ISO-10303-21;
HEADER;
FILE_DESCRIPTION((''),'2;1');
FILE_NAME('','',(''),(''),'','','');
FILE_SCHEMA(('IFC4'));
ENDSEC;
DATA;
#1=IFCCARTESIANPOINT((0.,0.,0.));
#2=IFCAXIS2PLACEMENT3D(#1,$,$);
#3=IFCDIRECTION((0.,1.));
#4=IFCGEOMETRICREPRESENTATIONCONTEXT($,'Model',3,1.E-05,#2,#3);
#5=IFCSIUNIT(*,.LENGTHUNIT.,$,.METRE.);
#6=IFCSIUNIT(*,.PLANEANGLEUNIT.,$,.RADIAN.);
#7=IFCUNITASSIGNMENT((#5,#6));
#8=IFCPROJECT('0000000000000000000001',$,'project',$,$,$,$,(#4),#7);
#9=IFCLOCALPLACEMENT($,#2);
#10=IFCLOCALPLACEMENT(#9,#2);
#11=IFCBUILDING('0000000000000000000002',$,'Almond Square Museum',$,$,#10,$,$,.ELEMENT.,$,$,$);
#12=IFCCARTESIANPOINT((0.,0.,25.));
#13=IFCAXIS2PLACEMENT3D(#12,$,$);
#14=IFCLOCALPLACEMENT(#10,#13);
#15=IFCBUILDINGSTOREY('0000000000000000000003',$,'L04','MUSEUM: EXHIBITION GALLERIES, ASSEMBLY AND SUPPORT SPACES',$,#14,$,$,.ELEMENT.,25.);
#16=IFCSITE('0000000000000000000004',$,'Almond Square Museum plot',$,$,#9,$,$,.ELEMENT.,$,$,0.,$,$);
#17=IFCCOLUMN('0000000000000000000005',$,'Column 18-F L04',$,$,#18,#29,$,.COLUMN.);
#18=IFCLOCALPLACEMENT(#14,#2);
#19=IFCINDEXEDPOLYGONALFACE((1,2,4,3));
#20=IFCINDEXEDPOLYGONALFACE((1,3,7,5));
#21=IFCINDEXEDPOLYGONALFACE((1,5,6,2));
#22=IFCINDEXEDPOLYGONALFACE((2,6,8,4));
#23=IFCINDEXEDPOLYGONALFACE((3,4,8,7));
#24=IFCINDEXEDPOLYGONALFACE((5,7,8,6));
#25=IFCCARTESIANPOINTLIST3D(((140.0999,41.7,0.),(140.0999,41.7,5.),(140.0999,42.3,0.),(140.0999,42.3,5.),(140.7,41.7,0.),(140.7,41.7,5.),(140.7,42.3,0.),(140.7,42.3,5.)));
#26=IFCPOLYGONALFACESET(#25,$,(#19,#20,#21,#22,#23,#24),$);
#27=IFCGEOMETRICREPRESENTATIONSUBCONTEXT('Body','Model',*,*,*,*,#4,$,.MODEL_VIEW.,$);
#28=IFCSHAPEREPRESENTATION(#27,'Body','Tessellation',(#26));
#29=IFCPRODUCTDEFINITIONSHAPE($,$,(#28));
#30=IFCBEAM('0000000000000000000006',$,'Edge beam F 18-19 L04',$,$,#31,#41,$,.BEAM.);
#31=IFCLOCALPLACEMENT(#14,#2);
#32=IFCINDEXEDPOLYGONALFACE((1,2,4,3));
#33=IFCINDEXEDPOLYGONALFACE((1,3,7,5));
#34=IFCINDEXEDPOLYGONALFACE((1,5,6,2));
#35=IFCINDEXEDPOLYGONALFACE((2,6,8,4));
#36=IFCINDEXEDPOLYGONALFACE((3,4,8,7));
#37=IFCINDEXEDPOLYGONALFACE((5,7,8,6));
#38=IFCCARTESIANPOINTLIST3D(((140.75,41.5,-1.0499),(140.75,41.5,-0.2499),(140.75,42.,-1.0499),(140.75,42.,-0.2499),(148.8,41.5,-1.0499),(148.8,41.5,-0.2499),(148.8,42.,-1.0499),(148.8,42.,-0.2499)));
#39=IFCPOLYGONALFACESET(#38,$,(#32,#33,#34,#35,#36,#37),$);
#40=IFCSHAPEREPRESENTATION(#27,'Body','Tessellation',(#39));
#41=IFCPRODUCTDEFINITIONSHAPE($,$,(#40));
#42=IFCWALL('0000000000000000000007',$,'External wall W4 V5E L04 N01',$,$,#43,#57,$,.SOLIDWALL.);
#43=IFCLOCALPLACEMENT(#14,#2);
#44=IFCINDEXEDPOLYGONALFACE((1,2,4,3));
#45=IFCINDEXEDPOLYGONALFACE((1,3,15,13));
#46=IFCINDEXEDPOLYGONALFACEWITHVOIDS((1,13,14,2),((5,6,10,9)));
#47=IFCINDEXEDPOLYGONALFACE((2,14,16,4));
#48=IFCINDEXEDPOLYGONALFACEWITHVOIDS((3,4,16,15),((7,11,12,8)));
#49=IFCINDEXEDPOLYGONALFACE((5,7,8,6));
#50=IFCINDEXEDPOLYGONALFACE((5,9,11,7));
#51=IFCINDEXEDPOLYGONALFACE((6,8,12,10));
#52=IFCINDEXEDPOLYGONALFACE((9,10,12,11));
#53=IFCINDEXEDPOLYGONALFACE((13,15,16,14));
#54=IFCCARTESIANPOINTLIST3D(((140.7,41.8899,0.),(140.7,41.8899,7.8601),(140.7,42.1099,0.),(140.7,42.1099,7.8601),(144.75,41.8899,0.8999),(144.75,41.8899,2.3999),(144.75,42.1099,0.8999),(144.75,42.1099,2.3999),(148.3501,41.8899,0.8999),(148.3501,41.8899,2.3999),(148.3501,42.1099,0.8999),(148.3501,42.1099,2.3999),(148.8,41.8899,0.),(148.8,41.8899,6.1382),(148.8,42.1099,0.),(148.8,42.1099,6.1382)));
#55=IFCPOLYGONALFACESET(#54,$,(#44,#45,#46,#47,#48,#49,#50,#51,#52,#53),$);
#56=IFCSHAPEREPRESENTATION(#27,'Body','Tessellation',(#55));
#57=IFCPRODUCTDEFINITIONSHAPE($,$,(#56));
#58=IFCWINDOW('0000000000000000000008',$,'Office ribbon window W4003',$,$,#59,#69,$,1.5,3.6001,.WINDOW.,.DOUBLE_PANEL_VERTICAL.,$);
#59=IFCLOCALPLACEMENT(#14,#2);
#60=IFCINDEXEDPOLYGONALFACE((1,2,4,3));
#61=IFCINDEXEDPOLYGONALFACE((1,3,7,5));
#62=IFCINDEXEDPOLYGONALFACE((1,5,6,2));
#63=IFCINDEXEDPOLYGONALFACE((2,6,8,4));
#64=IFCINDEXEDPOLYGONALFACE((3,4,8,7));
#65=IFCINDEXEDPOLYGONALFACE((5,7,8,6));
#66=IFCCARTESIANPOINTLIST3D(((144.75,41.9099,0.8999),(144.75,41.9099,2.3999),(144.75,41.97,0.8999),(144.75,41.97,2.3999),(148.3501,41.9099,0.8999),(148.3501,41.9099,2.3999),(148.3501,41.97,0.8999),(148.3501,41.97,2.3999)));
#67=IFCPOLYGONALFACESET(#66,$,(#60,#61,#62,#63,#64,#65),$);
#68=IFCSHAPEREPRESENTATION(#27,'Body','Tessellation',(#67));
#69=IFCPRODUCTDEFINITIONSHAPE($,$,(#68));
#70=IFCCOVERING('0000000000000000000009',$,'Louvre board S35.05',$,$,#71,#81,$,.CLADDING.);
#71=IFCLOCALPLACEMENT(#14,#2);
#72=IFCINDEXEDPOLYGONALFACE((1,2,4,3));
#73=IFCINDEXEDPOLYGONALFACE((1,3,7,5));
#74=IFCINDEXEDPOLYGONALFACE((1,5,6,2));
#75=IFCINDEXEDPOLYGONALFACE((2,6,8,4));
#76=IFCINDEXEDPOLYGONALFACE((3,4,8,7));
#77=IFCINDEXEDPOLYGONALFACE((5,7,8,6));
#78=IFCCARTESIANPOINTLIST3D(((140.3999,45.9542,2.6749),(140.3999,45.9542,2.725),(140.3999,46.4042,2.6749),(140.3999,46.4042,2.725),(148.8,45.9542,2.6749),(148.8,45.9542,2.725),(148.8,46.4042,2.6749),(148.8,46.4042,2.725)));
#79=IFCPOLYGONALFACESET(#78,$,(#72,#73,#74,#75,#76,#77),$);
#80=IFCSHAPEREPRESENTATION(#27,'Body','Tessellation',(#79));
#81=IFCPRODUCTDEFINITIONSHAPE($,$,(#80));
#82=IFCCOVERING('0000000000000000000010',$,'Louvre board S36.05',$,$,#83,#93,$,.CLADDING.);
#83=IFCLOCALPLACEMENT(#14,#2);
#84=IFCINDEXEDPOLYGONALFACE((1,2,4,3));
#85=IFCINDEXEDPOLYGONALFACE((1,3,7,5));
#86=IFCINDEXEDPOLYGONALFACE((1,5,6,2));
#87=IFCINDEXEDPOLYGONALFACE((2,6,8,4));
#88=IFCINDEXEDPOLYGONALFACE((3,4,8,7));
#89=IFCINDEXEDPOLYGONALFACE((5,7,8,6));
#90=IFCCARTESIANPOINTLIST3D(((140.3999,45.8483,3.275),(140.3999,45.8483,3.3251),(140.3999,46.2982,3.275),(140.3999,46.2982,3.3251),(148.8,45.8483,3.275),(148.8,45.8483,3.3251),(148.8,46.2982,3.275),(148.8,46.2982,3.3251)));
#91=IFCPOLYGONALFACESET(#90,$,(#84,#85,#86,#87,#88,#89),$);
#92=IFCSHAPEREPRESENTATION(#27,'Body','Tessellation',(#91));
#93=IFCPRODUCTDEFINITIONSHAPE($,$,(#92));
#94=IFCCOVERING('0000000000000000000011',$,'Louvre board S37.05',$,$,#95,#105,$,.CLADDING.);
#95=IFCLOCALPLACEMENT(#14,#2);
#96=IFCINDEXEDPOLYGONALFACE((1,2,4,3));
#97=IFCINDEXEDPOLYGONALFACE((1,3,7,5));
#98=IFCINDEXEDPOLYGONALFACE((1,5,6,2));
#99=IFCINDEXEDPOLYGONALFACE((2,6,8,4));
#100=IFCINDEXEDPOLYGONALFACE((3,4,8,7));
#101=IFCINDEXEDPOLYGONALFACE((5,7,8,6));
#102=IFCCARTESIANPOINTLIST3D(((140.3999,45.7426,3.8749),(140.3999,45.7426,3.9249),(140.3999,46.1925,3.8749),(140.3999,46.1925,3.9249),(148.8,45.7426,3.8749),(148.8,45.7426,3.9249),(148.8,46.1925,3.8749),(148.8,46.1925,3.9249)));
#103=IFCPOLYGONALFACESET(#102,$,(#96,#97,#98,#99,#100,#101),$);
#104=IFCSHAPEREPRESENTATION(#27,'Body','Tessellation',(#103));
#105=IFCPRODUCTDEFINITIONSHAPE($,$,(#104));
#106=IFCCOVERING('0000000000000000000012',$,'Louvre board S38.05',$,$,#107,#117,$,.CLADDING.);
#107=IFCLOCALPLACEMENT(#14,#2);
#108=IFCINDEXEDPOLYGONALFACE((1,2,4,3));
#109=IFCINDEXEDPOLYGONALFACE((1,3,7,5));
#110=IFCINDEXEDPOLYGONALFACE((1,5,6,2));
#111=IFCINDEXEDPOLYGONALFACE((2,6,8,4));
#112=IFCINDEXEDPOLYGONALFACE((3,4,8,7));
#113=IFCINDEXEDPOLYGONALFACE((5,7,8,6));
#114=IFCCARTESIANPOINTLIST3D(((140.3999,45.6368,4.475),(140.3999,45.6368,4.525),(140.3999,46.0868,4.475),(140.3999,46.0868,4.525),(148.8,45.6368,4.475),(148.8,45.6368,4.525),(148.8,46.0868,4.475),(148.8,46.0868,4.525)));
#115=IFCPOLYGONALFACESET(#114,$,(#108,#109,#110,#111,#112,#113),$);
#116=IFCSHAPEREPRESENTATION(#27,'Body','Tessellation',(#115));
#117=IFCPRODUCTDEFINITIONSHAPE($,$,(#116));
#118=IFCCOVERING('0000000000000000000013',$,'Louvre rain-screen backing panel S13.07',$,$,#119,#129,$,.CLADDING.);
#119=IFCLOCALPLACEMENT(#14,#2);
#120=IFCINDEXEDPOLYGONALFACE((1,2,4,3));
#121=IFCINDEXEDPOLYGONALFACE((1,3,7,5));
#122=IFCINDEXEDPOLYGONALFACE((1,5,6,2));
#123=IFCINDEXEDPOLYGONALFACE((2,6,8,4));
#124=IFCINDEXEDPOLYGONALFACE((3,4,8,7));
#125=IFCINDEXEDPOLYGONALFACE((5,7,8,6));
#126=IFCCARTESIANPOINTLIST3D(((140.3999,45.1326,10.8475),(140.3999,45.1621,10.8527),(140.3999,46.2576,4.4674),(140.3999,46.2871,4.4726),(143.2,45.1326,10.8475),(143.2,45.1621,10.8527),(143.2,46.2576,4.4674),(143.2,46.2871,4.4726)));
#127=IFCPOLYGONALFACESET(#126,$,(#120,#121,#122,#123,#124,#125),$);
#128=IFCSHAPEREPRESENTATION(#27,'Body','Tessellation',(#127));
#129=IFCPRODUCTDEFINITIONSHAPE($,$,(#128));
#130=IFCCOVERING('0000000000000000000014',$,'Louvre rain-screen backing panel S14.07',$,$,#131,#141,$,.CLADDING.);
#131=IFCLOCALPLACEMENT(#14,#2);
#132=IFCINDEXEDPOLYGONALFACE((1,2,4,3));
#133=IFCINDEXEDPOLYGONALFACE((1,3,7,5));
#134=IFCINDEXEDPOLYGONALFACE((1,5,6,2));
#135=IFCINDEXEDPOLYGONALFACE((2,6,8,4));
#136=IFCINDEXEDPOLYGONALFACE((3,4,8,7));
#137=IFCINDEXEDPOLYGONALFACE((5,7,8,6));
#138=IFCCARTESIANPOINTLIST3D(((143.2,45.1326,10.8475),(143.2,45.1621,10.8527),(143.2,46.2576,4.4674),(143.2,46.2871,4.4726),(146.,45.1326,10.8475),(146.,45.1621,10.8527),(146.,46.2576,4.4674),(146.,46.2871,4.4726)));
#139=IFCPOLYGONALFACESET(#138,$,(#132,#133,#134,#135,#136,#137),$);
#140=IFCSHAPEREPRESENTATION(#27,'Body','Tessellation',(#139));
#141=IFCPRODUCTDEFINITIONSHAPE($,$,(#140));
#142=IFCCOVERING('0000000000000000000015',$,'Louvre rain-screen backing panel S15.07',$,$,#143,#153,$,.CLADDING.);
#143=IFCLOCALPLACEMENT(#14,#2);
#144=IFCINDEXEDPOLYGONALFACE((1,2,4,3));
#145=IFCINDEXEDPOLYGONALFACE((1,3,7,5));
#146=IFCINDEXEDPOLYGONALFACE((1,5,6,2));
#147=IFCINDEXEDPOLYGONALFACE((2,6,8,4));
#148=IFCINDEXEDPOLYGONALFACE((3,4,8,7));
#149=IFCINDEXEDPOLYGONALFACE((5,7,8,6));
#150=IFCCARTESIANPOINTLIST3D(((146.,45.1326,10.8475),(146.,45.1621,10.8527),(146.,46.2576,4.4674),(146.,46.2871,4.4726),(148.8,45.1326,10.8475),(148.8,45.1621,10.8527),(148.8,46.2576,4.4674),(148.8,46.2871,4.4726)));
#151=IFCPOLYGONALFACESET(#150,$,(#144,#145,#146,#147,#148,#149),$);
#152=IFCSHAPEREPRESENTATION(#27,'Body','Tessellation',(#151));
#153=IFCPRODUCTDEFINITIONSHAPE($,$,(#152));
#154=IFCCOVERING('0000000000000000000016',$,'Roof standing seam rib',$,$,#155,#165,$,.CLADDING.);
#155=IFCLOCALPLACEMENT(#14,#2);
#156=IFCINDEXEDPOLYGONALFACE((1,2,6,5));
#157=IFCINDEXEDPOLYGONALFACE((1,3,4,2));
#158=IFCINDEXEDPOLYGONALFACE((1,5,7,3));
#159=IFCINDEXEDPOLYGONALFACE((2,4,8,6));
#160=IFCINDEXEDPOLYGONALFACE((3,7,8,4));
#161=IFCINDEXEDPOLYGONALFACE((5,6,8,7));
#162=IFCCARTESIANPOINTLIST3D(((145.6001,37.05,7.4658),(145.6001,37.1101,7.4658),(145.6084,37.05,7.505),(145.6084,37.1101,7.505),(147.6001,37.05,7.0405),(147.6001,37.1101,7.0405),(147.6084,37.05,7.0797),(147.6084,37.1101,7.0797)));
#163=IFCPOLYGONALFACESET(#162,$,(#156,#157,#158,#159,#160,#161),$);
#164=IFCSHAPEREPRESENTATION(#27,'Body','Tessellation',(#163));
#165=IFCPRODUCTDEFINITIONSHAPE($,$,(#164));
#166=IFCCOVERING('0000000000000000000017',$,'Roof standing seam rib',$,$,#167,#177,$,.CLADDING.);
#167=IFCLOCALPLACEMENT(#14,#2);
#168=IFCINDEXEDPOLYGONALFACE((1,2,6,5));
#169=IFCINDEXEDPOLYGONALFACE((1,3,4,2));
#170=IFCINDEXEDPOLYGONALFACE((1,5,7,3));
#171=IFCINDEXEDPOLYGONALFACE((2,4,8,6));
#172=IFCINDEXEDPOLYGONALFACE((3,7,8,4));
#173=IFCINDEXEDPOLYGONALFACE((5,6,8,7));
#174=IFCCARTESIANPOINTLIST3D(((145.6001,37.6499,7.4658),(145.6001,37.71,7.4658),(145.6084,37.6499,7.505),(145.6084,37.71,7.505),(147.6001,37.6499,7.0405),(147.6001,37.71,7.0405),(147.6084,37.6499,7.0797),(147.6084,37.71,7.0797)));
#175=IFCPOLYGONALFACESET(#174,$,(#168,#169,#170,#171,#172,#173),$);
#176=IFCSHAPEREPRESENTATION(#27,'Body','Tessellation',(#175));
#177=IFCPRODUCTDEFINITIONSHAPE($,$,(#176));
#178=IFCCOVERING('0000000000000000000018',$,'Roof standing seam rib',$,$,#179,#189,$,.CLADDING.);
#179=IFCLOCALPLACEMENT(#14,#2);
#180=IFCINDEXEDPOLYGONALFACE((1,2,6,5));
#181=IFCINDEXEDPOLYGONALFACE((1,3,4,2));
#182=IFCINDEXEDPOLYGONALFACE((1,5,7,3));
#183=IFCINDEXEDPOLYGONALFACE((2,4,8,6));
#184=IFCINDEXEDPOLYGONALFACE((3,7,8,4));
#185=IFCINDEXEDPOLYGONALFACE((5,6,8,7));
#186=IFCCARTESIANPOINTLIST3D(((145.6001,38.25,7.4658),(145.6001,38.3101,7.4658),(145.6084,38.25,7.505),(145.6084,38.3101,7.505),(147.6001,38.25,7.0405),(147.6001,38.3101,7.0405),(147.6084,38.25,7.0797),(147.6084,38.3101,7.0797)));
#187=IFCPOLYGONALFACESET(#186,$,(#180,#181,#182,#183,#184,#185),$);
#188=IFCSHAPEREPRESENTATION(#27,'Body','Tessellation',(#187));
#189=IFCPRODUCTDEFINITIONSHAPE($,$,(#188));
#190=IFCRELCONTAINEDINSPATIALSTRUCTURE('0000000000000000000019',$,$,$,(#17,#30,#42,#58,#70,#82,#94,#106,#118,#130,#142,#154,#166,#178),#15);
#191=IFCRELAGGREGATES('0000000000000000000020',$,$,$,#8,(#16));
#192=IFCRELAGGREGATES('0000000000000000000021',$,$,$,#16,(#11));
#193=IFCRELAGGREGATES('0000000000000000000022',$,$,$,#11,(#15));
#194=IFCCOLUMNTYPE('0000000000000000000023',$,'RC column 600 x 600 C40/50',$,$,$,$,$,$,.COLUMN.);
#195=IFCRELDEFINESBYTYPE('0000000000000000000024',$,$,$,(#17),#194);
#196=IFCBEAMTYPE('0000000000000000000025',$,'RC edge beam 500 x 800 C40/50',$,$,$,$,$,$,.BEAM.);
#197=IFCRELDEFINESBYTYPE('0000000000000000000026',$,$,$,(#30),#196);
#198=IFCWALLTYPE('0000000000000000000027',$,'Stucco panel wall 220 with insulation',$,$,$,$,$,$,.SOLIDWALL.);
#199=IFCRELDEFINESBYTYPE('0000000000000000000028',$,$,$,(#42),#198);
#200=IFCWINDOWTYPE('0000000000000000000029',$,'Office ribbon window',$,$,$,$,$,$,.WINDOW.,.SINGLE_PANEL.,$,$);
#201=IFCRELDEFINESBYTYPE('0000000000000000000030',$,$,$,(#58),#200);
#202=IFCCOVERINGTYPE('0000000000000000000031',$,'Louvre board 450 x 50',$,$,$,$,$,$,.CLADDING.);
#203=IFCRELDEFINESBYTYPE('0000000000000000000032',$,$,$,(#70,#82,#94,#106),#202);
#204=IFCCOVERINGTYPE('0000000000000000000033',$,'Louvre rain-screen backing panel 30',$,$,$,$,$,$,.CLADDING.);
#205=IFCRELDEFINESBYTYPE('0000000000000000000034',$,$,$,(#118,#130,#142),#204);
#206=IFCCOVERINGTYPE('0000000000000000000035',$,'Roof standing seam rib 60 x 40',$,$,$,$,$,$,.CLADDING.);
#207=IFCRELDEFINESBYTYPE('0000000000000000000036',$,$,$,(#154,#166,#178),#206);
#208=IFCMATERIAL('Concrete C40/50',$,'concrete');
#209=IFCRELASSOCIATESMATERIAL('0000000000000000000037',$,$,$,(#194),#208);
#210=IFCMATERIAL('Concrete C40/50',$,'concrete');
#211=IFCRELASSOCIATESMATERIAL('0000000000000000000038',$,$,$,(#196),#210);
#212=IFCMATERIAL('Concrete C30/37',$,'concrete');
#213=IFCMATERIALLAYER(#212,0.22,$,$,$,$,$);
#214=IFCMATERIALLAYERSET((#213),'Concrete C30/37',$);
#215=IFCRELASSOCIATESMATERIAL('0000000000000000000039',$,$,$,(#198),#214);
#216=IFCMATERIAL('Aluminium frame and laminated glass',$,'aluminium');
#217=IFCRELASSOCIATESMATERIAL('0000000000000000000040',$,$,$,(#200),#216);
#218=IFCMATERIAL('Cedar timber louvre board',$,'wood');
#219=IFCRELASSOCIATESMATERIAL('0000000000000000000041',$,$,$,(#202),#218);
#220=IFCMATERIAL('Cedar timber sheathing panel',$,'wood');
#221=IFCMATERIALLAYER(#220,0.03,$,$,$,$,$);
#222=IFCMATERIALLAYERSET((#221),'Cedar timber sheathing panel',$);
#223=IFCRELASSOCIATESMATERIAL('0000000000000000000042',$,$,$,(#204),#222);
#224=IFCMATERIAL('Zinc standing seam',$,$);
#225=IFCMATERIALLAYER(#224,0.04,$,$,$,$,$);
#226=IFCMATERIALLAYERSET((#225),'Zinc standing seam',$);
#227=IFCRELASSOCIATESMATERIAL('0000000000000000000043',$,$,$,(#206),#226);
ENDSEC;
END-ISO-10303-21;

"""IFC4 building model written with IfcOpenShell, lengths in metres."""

from ifc_helpers import new_model, si_unit, direction, frame, frame_2d, origin, origin_2d, place, context, subcontext, project, spatial, polyline, rectangle, outline, extrude, material, layer, layer_set, material_profile, profile_set, type_object, element, fill, save


model = new_model("IFC4")

# Units and contexts
model_context = context("Model", 3, precision=1e-05, world=origin(), true_north=direction((0.0, 1.0)))
body_context = subcontext(model_context, "Body", "Model", "MODEL_VIEW")
ifc_project = project(units=[si_unit("LENGTHUNIT", "METRE"), si_unit("PLANEANGLEUNIT", "RADIAN")], contexts=[model_context])

# Site, building, storey
site_placement = place(None, origin())
site = spatial("IfcSite", under=ifc_project, at=site_placement, Name="Almond Square Museum plot", CompositionType="ELEMENT", RefElevation=0.0)
building_placement = place(site_placement, origin())
building = spatial("IfcBuilding", under=site, at=building_placement, Name="Almond Square Museum", CompositionType="ELEMENT")
storey_placement = place(building_placement, frame((0.0, 0.0, 25.0)))
storey = spatial("IfcBuildingStorey", under=building, at=storey_placement, Name="L04", Description="MUSEUM: EXHIBITION GALLERIES, ASSEMBLY AND SUPPORT SPACES", CompositionType="ELEMENT", Elevation=25.0)

# Column
ifc_material_1 = material(Name="Concrete C40/50", Category="concrete")
ifc_material_profile_1 = material_profile(ifc_material_1, rectangle(XDim=0.6001, YDim=0.6001, at=origin_2d()))
ifc_profile_set_1 = profile_set([ifc_material_profile_1], Name="Concrete C40/50")
column_type = type_object("IfcColumnType", Name="RC column 600 x 600 C40/50", PredefinedType="COLUMN", material=ifc_profile_set_1)
column_placement = place(storey_placement, frame((140.3999, 42.0, 0.0), z_axis=(0.0, 0.0, 1.0), x_axis=(1.0, 0.0, 0.0)))
element("IfcColumn", 1, at=column_placement, inside=storey, type_object=column_type, Name="Column 18-F L04", PredefinedType="COLUMN", context=body_context, shape_type="SweptSolid", body=[
    extrude(rectangle(XDim=0.6001, YDim=0.6001, at=origin_2d()), origin(), (0.0, 0.0, 1.0), 5.0),
])

# Beam
ifc_material_2 = material(Name="Concrete C40/50", Category="concrete")
ifc_material_profile_2 = material_profile(ifc_material_2, rectangle(XDim=0.5, YDim=0.8, at=origin_2d()))
ifc_profile_set_2 = profile_set([ifc_material_profile_2], Name="Concrete C40/50")
beam_type = type_object("IfcBeamType", Name="RC edge beam 500 x 800 C40/50", PredefinedType="BEAM", material=ifc_profile_set_2)
beam_placement = place(storey_placement, frame((140.75, 41.75, -0.6499), z_axis=(1.0, 0.0, 0.0), x_axis=(0.0, 1.0, 0.0)))
element("IfcBeam", 2, at=beam_placement, inside=storey, type_object=beam_type, Name="Edge beam F 18-19 L04", PredefinedType="BEAM", context=body_context, shape_type="SweptSolid", body=[
    extrude(rectangle(XDim=0.5, YDim=0.8, at=origin_2d()), origin(), (0.0, 0.0, 1.0), 8.05),
])

# Wall, opening, window
ifc_material_3 = material(Name="Concrete C30/37", Category="concrete")
ifc_layer_1 = layer(ifc_material_3, 0.22)
ifc_layer_set_1 = layer_set([ifc_layer_1], Name="Concrete C30/37")
wall_type = type_object("IfcWallType", Name="Stucco panel wall 220 with insulation", PredefinedType="SOLIDWALL", material=ifc_layer_set_1)
wall_placement = place(storey_placement, frame((140.7, 42.0, 0.0), z_axis=(0.0, 0.0, 1.0), x_axis=(1.0, 0.0, 0.0)))
wall = element("IfcWall", 3, at=wall_placement, inside=storey, type_object=wall_type, Name="External wall W4 V5E L04 N01", PredefinedType="SOLIDWALL", context=body_context, shape_type="SweptSolid", body=[
    extrude(outline(polyline([(0.0, 0.0), (8.1001, 0.0), (8.1001, 6.1382), (0.0, 7.8601), (0.0, 0.0)])), frame((0.0, 0.1099, 0.0), z_axis=(0.0, -1.0, 0.0), x_axis=(1.0, 0.0, 0.0)), (0.0, 0.0, 1.0), 0.22),
])
opening_placement = place(wall_placement, frame((4.05, 0.0, 0.8999)))
opening = element("IfcOpeningElement", 4, at=opening_placement, cuts=wall, PredefinedType="OPENING", context=body_context, shape_type="SweptSolid", body=[
    extrude(rectangle(XDim=3.6001, YDim=1.5, at=frame_2d((1.8, 0.75))), frame((0.0, 0.1199, 0.0), z_axis=(0.0, -1.0, 0.0), x_axis=(1.0, 0.0, 0.0)), (0.0, 0.0, 1.0), 0.24),
])
ifc_material_4 = material(Name="Aluminium frame and laminated glass", Category="aluminium")
window_type = type_object("IfcWindowType", Name="Office ribbon window", PartitioningType="SINGLE_PANEL", PredefinedType="WINDOW", material=ifc_material_4)
window_placement = place(opening_placement, origin())
window = element("IfcWindow", 5, at=window_placement, inside=storey, type_object=window_type, Name="Office ribbon window W4003", OverallHeight=1.5, OverallWidth=3.6001, PartitioningType="DOUBLE_PANEL_VERTICAL", PredefinedType="WINDOW", context=body_context, shape_type="SweptSolid", body=[
    extrude(rectangle(XDim=3.6001, YDim=1.5, at=frame_2d((1.8, 0.75))), frame((0.0, -0.03, 0.0), z_axis=(0.0, -1.0, 0.0), x_axis=(1.0, 0.0, 0.0)), (0.0, 0.0, 1.0), 0.0601),
])
fill(opening, window)

# Coverings
ifc_material_5 = material(Name="Cedar timber louvre board", Category="wood")
ifc_material_profile_3 = material_profile(ifc_material_5, rectangle(XDim=0.45, YDim=0.05, at=origin_2d()))
ifc_profile_set_3 = profile_set([ifc_material_profile_3], Name="Cedar timber louvre board")
covering_type_1 = type_object("IfcCoveringType", Name="Louvre board 450 x 50", PredefinedType="CLADDING", material=ifc_profile_set_3)
for number, where, z_axis, x_axis, name in (
    (6, (140.3999, 46.1792, 2.7), (1.0, 0.0, 0.0), (0.0, 1.0, 0.0), "Louvre board S35.05"),
    (7, (140.3999, 46.0732, 3.3), (1.0, 0.0, 0.0), (0.0, 1.0, 0.0), "Louvre board S36.05"),
    (8, (140.3999, 45.9675, 3.8999), (1.0, 0.0, 0.0), (0.0, 1.0, 0.0), "Louvre board S37.05"),
    (9, (140.3999, 45.8618, 4.5), (1.0, 0.0, 0.0), (0.0, 1.0, 0.0), "Louvre board S38.05"),
):
    element("IfcCovering", number, at=place(storey_placement, frame(where, z_axis=z_axis, x_axis=x_axis)), inside=storey, type_object=covering_type_1, Name=name, PredefinedType="CLADDING", context=body_context, shape_type="SweptSolid", body=[
        extrude(rectangle(XDim=0.45, YDim=0.05, at=origin_2d()), origin(), (0.0, 0.0, 1.0), 8.4001),
    ])
ifc_material_6 = material(Name="Cedar timber sheathing panel", Category="wood")
ifc_layer_2 = layer(ifc_material_6, 0.03)
ifc_layer_set_2 = layer_set([ifc_layer_2], Name="Cedar timber sheathing panel")
covering_type_2 = type_object("IfcCoveringType", Name="Louvre rain-screen backing panel 30", PredefinedType="CLADDING", material=ifc_layer_set_2)
for number, where, z_axis, x_axis, name in (
    (10, (140.3999, 46.2722, 4.47), (0.0, -0.984807, -0.17365), (1.0, 0.0, 0.0), "Louvre rain-screen backing panel S13.07"),
    (11, (143.2, 46.2722, 4.47), (0.0, -0.984807, -0.17365), (1.0, 0.0, 0.0), "Louvre rain-screen backing panel S14.07"),
    (12, (146.0, 46.2722, 4.47), (0.0, -0.984807, -0.17365), (1.0, 0.0, 0.0), "Louvre rain-screen backing panel S15.07"),
):
    element("IfcCovering", number, at=place(storey_placement, frame(where, z_axis=z_axis, x_axis=x_axis)), inside=storey, type_object=covering_type_2, Name=name, PredefinedType="CLADDING", context=body_context, shape_type="SweptSolid", body=[
        extrude(outline(polyline([(0.0, 0.0), (2.8, 0.0), (2.8, 6.4786), (0.0, 6.4786), (0.0, 0.0)])), frame((0.0, 0.0, -0.0151)), (0.0, 0.0, 1.0), 0.03),
    ])
ifc_material_7 = material(Name="Zinc standing seam")
ifc_layer_3 = layer(ifc_material_7, 0.04)
ifc_layer_set_3 = layer_set([ifc_layer_3], Name="Zinc standing seam")
covering_type_3 = type_object("IfcCoveringType", Name="Roof standing seam rib 60 x 40", PredefinedType="CLADDING", material=ifc_layer_set_3)
for number, where, z_axis, x_axis, name in (
    (13, (147.6001, 37.05, 7.0405), (0.207996, 0.0, 0.97813), (0.0, 1.0, 0.0), "Roof standing seam rib"),
    (14, (147.6001, 37.6499, 7.0405), (0.207996, 0.0, 0.97813), (0.0, 1.0, 0.0), "Roof standing seam rib"),
    (15, (147.6001, 38.25, 7.0405), (0.207996, 0.0, 0.97813), (0.0, 1.0, 0.0), "Roof standing seam rib"),
):
    element("IfcCovering", number, at=place(storey_placement, frame(where, z_axis=z_axis, x_axis=x_axis)), inside=storey, type_object=covering_type_3, Name=name, PredefinedType="CLADDING", context=body_context, shape_type="SweptSolid", body=[
        extrude(outline(polyline([(0.0, 0.0), (0.0601, 0.0), (0.0601, 2.0447), (0.0, 2.0447), (0.0, 0.0)])), origin(), (0.0, 0.0, 1.0), 0.04),
    ])

save(model, "model.ifc")
